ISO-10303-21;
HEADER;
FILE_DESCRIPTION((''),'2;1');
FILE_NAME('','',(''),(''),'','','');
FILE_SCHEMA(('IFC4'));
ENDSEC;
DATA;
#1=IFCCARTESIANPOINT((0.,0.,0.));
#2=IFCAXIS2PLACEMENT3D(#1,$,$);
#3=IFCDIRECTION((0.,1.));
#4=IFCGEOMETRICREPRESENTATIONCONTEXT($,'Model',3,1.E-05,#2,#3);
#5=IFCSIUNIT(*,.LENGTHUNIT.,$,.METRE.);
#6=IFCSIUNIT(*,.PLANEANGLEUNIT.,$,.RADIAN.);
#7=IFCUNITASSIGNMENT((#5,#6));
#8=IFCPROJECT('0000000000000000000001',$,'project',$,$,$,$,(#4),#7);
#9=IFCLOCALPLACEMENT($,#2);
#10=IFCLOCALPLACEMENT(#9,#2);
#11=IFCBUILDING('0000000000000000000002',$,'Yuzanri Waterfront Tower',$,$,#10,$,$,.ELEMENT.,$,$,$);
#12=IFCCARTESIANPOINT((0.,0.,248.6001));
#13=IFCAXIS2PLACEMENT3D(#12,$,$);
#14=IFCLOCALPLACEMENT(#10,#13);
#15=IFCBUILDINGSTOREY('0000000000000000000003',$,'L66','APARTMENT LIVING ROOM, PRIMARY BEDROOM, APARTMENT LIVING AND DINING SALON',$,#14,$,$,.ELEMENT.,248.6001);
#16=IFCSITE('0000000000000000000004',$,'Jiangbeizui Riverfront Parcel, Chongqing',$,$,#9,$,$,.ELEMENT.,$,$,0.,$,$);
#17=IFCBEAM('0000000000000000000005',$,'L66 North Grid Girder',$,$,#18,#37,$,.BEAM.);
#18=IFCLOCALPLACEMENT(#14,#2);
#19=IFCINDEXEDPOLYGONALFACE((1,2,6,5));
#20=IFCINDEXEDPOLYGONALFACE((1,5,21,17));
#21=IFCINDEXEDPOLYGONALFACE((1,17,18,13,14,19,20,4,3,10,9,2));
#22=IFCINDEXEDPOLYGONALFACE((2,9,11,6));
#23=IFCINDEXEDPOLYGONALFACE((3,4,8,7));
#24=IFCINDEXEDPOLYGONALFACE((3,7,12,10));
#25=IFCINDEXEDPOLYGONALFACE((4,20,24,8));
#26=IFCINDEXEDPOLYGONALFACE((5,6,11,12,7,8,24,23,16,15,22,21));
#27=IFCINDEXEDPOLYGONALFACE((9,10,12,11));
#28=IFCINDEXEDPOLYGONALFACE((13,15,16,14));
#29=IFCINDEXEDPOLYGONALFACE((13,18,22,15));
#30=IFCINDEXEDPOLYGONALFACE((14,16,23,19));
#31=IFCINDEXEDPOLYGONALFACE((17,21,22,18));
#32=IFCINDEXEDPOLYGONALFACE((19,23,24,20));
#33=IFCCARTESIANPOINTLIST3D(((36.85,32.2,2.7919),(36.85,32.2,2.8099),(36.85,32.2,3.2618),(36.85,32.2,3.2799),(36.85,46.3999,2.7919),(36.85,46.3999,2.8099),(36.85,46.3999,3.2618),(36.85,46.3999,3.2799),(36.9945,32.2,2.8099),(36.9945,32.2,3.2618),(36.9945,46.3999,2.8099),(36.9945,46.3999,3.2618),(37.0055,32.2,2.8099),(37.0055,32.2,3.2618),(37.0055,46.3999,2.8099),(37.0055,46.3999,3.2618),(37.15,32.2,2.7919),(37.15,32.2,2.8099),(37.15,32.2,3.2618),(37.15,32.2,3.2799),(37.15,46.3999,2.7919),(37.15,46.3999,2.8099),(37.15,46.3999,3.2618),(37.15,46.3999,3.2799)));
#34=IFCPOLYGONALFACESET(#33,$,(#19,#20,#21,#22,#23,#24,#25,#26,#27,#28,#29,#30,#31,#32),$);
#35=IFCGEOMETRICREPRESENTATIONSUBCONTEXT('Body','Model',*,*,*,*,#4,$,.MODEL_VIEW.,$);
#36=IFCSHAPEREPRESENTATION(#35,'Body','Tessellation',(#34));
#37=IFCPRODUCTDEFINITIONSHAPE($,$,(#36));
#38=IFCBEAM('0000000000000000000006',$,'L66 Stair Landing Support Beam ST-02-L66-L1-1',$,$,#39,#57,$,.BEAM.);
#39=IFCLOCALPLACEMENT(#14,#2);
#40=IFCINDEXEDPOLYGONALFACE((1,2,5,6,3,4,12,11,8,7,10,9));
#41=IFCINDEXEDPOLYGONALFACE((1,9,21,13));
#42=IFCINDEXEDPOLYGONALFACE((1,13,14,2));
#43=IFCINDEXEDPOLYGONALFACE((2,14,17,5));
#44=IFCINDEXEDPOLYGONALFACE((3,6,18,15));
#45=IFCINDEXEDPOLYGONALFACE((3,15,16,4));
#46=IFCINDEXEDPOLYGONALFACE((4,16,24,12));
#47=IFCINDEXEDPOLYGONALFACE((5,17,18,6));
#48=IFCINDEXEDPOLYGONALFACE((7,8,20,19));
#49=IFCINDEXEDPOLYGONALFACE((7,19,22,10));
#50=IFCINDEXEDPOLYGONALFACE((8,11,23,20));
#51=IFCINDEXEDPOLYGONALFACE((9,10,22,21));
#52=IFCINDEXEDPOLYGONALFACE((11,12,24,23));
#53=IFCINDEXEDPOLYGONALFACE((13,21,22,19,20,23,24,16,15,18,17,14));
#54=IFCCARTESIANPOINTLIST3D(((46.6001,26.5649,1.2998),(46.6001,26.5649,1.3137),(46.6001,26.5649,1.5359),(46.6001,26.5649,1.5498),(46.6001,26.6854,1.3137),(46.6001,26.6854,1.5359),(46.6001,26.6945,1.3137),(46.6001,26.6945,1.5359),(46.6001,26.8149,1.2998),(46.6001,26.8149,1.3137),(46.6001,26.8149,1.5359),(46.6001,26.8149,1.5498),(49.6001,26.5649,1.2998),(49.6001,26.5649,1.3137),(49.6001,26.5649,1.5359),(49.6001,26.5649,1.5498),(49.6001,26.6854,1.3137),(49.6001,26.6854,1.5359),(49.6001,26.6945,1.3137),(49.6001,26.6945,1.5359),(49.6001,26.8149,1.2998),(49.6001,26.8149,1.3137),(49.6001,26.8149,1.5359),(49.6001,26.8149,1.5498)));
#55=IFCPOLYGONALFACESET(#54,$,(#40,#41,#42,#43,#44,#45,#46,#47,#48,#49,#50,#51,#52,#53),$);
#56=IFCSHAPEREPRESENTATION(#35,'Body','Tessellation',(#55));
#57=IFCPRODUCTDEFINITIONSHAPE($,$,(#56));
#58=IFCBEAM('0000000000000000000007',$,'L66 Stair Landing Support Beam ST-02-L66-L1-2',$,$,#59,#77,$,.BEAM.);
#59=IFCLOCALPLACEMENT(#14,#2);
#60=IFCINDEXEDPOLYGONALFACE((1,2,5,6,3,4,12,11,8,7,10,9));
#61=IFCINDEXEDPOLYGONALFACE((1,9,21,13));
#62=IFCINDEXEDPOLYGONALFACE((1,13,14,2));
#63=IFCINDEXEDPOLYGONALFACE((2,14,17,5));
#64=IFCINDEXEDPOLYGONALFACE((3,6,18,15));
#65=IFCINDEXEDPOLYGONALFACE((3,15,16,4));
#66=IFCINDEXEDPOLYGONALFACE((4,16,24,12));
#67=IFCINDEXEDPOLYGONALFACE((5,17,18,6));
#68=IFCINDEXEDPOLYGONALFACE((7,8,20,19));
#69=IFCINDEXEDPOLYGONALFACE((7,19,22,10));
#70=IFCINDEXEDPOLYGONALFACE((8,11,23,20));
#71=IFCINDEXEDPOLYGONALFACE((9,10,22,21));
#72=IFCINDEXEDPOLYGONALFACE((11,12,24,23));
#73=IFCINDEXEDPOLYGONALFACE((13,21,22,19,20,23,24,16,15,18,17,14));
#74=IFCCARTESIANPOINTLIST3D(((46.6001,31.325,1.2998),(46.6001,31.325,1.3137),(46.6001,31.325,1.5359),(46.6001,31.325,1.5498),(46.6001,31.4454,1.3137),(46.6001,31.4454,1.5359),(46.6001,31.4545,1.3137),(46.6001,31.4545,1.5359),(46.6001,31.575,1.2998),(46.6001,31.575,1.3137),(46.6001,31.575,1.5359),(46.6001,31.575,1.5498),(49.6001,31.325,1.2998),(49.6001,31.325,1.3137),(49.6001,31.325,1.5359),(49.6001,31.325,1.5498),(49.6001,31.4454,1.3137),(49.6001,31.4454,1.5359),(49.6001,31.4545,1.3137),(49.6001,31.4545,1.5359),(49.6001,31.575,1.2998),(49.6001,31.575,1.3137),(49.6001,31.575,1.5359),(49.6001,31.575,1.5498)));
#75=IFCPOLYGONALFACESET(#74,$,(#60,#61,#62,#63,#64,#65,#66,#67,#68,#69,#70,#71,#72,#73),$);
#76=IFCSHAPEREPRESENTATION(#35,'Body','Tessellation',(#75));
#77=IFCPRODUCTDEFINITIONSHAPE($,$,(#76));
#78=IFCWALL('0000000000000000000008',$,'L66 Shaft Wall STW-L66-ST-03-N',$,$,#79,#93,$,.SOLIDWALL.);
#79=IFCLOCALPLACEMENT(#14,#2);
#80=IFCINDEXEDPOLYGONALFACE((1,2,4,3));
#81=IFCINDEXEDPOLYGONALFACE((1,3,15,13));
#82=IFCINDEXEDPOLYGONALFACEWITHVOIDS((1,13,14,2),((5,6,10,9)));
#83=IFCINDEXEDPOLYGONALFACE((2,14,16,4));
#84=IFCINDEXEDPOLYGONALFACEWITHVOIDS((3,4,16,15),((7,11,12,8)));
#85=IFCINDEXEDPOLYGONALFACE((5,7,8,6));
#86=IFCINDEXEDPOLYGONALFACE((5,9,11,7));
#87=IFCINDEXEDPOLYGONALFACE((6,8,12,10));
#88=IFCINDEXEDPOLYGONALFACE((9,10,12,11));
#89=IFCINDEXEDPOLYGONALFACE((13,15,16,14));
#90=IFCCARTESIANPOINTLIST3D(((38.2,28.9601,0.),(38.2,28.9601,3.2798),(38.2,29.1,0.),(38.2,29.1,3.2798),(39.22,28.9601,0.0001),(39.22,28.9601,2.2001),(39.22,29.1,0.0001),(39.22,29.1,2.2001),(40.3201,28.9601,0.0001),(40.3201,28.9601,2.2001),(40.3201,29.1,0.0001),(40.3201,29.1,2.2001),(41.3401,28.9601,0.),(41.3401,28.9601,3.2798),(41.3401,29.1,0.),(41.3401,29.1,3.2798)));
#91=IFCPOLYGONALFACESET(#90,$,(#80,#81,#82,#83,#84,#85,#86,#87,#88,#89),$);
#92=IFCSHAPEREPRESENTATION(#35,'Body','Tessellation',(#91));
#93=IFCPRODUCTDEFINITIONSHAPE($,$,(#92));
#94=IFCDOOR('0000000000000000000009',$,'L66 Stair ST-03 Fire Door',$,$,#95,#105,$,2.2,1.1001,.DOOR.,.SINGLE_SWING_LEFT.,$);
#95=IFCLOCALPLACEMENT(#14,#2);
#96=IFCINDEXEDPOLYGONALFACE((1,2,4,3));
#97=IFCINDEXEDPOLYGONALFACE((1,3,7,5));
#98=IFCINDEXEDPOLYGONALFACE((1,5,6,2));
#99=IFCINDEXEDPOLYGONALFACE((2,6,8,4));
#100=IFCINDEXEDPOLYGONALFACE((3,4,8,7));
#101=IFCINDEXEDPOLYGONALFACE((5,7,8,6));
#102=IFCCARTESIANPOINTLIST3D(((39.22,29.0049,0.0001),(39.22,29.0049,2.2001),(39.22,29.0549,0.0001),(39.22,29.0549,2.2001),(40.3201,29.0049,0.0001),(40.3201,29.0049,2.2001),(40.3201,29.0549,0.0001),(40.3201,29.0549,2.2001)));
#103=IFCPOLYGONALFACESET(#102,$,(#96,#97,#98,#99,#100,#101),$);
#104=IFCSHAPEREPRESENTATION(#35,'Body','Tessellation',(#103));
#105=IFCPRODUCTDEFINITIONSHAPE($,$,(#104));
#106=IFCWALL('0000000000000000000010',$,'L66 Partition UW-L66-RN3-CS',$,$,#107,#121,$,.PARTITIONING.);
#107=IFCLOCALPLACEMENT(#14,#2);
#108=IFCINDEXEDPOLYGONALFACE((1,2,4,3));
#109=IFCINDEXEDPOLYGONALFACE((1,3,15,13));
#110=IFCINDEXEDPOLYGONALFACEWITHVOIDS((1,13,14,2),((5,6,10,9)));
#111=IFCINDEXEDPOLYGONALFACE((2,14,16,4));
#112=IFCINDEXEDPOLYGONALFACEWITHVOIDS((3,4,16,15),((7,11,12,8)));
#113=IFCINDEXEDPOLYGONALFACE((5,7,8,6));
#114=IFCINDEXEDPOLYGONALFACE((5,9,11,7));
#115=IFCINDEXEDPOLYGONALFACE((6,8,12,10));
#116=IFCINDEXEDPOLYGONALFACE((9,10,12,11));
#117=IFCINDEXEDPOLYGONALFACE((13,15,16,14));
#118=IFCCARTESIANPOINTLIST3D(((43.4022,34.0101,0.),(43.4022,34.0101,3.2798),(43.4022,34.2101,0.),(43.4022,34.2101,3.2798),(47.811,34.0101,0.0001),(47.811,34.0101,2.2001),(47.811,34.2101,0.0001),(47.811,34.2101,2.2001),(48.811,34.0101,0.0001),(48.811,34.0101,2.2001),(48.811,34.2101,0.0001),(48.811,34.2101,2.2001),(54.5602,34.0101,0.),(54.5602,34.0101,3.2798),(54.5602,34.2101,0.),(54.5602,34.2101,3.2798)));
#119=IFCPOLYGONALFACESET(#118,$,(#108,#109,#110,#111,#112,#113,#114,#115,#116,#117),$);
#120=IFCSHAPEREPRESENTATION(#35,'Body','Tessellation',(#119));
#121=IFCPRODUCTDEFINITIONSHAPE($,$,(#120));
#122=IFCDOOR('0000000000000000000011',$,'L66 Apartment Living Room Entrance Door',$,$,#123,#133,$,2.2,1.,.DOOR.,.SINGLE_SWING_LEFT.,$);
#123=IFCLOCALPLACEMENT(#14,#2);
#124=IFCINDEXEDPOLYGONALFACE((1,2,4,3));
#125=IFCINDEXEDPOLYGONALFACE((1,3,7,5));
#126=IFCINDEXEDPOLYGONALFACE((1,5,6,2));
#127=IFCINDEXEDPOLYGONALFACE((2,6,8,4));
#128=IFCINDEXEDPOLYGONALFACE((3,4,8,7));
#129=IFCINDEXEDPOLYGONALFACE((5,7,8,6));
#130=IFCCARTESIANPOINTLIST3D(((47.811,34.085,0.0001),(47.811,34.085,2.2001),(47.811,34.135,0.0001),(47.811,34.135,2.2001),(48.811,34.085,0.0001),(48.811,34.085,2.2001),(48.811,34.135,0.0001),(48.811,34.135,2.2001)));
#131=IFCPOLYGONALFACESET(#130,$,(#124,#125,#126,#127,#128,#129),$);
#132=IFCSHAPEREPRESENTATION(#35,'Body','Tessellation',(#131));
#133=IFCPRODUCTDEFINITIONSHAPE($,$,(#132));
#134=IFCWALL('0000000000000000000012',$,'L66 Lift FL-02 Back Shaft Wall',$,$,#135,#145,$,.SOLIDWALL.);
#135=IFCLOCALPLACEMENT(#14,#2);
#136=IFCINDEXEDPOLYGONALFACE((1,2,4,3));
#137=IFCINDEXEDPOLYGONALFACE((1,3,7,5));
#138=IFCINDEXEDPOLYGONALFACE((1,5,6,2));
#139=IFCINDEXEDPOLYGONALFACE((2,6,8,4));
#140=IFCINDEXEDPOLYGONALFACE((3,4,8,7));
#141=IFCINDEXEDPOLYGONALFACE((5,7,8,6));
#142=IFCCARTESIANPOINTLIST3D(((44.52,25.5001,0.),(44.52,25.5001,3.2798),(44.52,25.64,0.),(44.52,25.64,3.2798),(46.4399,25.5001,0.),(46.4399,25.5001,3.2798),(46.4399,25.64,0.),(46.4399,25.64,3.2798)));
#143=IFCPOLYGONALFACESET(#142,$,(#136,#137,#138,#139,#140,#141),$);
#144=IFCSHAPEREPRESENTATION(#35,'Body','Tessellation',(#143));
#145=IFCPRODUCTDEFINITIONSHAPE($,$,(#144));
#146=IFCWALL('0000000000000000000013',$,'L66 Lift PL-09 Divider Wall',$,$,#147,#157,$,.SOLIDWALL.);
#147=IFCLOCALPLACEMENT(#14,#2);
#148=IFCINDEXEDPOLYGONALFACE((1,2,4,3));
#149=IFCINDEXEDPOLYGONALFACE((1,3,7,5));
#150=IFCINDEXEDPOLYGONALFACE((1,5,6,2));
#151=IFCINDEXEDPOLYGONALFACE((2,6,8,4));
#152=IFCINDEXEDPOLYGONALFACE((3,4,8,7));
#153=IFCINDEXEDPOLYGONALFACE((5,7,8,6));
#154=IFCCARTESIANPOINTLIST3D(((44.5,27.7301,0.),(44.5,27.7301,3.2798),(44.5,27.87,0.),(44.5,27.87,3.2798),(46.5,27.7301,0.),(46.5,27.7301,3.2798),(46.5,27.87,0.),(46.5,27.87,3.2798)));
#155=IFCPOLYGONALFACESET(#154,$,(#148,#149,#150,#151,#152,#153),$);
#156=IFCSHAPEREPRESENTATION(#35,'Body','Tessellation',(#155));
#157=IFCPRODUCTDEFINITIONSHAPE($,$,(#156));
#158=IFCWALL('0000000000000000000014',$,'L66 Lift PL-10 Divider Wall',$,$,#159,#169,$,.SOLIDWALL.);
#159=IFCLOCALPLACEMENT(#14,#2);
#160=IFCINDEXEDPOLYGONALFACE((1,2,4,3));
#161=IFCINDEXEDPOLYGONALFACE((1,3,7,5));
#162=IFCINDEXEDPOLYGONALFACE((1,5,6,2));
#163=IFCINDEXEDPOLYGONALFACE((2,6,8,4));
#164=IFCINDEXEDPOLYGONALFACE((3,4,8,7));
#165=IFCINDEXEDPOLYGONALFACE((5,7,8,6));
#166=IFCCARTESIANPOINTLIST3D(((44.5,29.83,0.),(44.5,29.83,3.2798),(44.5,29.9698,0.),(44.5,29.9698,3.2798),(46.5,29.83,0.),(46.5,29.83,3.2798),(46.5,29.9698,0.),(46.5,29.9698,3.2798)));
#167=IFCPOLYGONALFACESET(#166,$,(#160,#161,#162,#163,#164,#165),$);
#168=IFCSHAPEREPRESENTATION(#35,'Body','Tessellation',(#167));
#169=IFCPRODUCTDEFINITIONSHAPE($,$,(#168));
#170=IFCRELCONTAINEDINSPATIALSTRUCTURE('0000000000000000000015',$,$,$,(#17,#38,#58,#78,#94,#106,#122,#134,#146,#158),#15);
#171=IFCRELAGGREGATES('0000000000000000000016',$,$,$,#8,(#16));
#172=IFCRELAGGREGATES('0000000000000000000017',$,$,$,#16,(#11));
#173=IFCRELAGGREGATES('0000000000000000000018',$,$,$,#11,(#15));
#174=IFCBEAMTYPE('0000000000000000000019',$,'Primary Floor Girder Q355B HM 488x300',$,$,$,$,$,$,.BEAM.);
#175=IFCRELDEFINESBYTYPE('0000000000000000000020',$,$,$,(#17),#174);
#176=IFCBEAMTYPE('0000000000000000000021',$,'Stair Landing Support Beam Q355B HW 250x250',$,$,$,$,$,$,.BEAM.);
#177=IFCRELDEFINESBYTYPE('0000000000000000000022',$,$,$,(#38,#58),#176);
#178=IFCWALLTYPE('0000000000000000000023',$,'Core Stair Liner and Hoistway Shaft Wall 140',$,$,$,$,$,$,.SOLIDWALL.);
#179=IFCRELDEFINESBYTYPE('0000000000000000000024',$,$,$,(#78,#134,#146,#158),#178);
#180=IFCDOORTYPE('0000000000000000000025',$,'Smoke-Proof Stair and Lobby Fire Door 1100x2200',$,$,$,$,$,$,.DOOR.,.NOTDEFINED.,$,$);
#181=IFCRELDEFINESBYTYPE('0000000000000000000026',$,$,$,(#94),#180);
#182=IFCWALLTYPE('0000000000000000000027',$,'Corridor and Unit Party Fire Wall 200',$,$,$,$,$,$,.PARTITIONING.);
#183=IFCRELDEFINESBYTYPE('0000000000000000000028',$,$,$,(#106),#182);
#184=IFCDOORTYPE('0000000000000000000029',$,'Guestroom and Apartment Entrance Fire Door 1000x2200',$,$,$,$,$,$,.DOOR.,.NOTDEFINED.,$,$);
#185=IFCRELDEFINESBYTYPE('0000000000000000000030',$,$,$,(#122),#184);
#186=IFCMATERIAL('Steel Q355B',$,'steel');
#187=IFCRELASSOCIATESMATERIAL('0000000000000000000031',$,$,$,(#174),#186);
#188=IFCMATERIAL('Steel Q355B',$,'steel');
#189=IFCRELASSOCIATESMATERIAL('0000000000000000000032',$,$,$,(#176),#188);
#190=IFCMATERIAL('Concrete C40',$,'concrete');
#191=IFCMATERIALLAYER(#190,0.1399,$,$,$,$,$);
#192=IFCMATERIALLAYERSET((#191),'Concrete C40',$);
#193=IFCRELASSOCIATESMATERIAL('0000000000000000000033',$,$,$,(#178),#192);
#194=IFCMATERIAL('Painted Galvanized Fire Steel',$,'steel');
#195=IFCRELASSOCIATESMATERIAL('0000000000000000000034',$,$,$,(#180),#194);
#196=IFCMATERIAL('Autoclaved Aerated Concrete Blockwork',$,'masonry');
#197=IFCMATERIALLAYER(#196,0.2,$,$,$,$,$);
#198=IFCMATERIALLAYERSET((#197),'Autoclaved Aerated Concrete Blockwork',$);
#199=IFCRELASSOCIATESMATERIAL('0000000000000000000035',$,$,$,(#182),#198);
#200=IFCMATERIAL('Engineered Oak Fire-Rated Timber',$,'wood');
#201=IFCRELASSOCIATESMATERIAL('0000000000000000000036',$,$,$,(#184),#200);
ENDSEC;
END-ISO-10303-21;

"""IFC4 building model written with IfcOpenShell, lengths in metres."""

from ifc_helpers import new_model, si_unit, direction, frame, frame_2d, origin, origin_2d, place, context, subcontext, project, spatial, rectangle, i_section, extrude, source, transform, mapped, material, layer, layer_set, material_profile, profile_set, type_object, element, fill, save


model = new_model("IFC4")

# Units and contexts
model_context = context("Model", 3, precision=1e-05, world=origin(), true_north=direction((0.0, 1.0)))
body_context = subcontext(model_context, "Body", "Model", "MODEL_VIEW")
ifc_project = project(units=[si_unit("LENGTHUNIT", "METRE"), si_unit("PLANEANGLEUNIT", "RADIAN")], contexts=[model_context])

# Site, building, storey
site_placement = place(None, origin())
site = spatial("IfcSite", under=ifc_project, at=site_placement, Name="Jiangbeizui Riverfront Parcel, Chongqing", CompositionType="ELEMENT", RefElevation=0.0)
building_placement = place(site_placement, origin())
building = spatial("IfcBuilding", under=site, at=building_placement, Name="Yuzanri Waterfront Tower", CompositionType="ELEMENT")
storey_placement = place(building_placement, frame((0.0, 0.0, 248.6001)))
storey = spatial("IfcBuildingStorey", under=building, at=storey_placement, Name="L66", Description="APARTMENT LIVING ROOM, PRIMARY BEDROOM, APARTMENT LIVING AND DINING SALON", CompositionType="ELEMENT", Elevation=248.6001)

# Beams
ifc_material_1 = material(Name="Steel Q355B", Category="steel")
ifc_material_profile_1 = material_profile(ifc_material_1, i_section(OverallWidth=0.3, OverallDepth=0.488, WebThickness=0.011, FlangeThickness=0.0181, at=origin_2d()), Name="HM 488x300x11x18")
ifc_profile_set_1 = profile_set([ifc_material_profile_1], Name="Steel Q355B")
beam_type_1 = type_object("IfcBeamType", Name="Primary Floor Girder Q355B HM 488x300", PredefinedType="BEAM", material=ifc_profile_set_1)
shared_shape_1 = source(origin(), body_context, "Body", "SweptSolid", [
    extrude(i_section(OverallWidth=0.3, OverallDepth=0.488, WebThickness=0.011, FlangeThickness=0.0181, at=origin_2d()), origin(), (0.0, 0.0, 1.0), 14.2),
])
beam_placement = place(storey_placement, frame((37.0, 32.2, 3.0359), z_axis=(0.0, 1.0, 0.0), x_axis=(-1.0, 0.0, 0.0)))
element("IfcBeam", 1, at=beam_placement, inside=storey, type_object=beam_type_1, Name="L66 North Grid Girder", PredefinedType="BEAM", context=body_context, shape_type="MappedRepresentation", body=[
    mapped(shared_shape_1, transform((0.0, 0.0, 0.0), scale=1.0)),
])
ifc_material_2 = material(Name="Steel Q355B", Category="steel")
ifc_material_profile_2 = material_profile(ifc_material_2, i_section(OverallWidth=0.25, OverallDepth=0.25, WebThickness=0.009, FlangeThickness=0.0139, at=origin_2d()), Name="HW 250x250x9x14")
ifc_profile_set_2 = profile_set([ifc_material_profile_2], Name="Steel Q355B")
beam_type_2 = type_object("IfcBeamType", Name="Stair Landing Support Beam Q355B HW 250x250", PredefinedType="BEAM", material=ifc_profile_set_2)
shared_shape_2 = source(origin(), body_context, "Body", "SweptSolid", [
    extrude(i_section(OverallWidth=0.25, OverallDepth=0.25, WebThickness=0.009, FlangeThickness=0.0139, at=origin_2d()), origin(), (0.0, 0.0, 1.0), 3.0),
])
for number, where, z_axis, x_axis, name in (
    (2, (46.6001, 26.6899, 1.4248), (1.0, 0.0, 0.0), (0.0, 1.0, 0.0), "L66 Stair Landing Support Beam ST-02-L66-L1-1"),
    (3, (46.6001, 31.45, 1.4248), (1.0, 0.0, 0.0), (0.0, 1.0, 0.0), "L66 Stair Landing Support Beam ST-02-L66-L1-2"),
):
    element("IfcBeam", number, at=place(storey_placement, frame(where, z_axis=z_axis, x_axis=x_axis)), inside=storey, type_object=beam_type_2, Name=name, PredefinedType="BEAM", context=body_context, shape_type="MappedRepresentation", body=[
        mapped(shared_shape_2, transform((0.0, 0.0, 0.0), scale=1.0)),
    ])

# Walls, openings, doors
ifc_material_3 = material(Name="Concrete C40", Category="concrete")
ifc_layer_1 = layer(ifc_material_3, 0.1399)
ifc_layer_set_1 = layer_set([ifc_layer_1], Name="Concrete C40")
wall_type_1 = type_object("IfcWallType", Name="Core Stair Liner and Hoistway Shaft Wall 140", PredefinedType="SOLIDWALL", material=ifc_layer_set_1)
wall_1_placement = place(storey_placement, frame((38.2, 29.03, 0.0), z_axis=(0.0, 0.0, 1.0), x_axis=(1.0, 0.0, 0.0)))
wall_1 = element("IfcWall", 4, at=wall_1_placement, inside=storey, type_object=wall_type_1, Name="L66 Shaft Wall STW-L66-ST-03-N", PredefinedType="SOLIDWALL", context=body_context, shape_type="SweptSolid", body=[
    extrude(rectangle(XDim=3.1401, YDim=0.1399, at=frame_2d((1.5701, 0.0))), origin(), (0.0, 0.0, 1.0), 3.2798),
])
opening_1_placement = place(wall_1_placement, frame((1.02, 0.0, 0.0)))
opening_1 = element("IfcOpeningElement", 5, at=opening_1_placement, cuts=wall_1, PredefinedType="OPENING", context=body_context, shape_type="SweptSolid", body=[
    extrude(rectangle(XDim=1.1001, YDim=2.2, at=frame_2d((0.55, 1.1001))), frame((0.0, 0.085, 0.0), z_axis=(0.0, -1.0, 0.0), x_axis=(1.0, 0.0, 0.0)), (0.0, 0.0, 1.0), 0.1697),
])
ifc_material_4 = material(Name="Painted Galvanized Fire Steel", Category="steel")
door_type_1 = type_object("IfcDoorType", Name="Smoke-Proof Stair and Lobby Fire Door 1100x2200", OperationType="NOTDEFINED", PredefinedType="DOOR", material=ifc_material_4)
shared_shape_3 = source(origin(), body_context, "Body", "SweptSolid", [
    extrude(rectangle(XDim=1.1001, YDim=2.2, at=frame_2d((0.55, 1.1001))), frame((0.0, 0.0249, 0.0), z_axis=(0.0, -1.0, 0.0), x_axis=(1.0, 0.0, 0.0)), (0.0, 0.0, 1.0), 0.05),
])
door_1_placement = place(opening_1_placement, origin())
door_1 = element("IfcDoor", 6, at=door_1_placement, inside=storey, type_object=door_type_1, Name="L66 Stair ST-03 Fire Door", OperationType="SINGLE_SWING_LEFT", OverallHeight=2.2, OverallWidth=1.1001, PredefinedType="DOOR", context=body_context, shape_type="MappedRepresentation", body=[
    mapped(shared_shape_3, transform((0.0, 0.0, 0.0), scale=1.0)),
])
fill(opening_1, door_1)
ifc_material_5 = material(Name="Autoclaved Aerated Concrete Blockwork", Category="masonry")
ifc_layer_2 = layer(ifc_material_5, 0.2)
ifc_layer_set_2 = layer_set([ifc_layer_2], Name="Autoclaved Aerated Concrete Blockwork")
wall_type_2 = type_object("IfcWallType", Name="Corridor and Unit Party Fire Wall 200", PredefinedType="PARTITIONING", material=ifc_layer_set_2)
wall_2_placement = place(storey_placement, frame((43.4021, 34.1101, 0.0), z_axis=(0.0, 0.0, 1.0), x_axis=(1.0, 0.0, 0.0)))
wall_2 = element("IfcWall", 7, at=wall_2_placement, inside=storey, type_object=wall_type_2, Name="L66 Partition UW-L66-RN3-CS", PredefinedType="PARTITIONING", context=body_context, shape_type="SweptSolid", body=[
    extrude(rectangle(XDim=11.158, YDim=0.2, at=frame_2d((5.5791, 0.0))), origin(), (0.0, 0.0, 1.0), 3.2798),
])
opening_2_placement = place(wall_2_placement, frame((4.4089, 0.0, 0.0)))
opening_2 = element("IfcOpeningElement", 8, at=opening_2_placement, cuts=wall_2, PredefinedType="OPENING", context=body_context, shape_type="SweptSolid", body=[
    extrude(rectangle(XDim=1.0, YDim=2.2, at=frame_2d((0.5, 1.1001))), frame((0.0, 0.1147, 0.0), z_axis=(0.0, -1.0, 0.0), x_axis=(1.0, 0.0, 0.0)), (0.0, 0.0, 1.0), 0.2297),
])
ifc_material_6 = material(Name="Engineered Oak Fire-Rated Timber", Category="wood")
door_type_2 = type_object("IfcDoorType", Name="Guestroom and Apartment Entrance Fire Door 1000x2200", OperationType="NOTDEFINED", PredefinedType="DOOR", material=ifc_material_6)
shared_shape_4 = source(origin(), body_context, "Body", "SweptSolid", [
    extrude(rectangle(XDim=1.0, YDim=2.2, at=frame_2d((0.5, 1.1001))), frame((0.0, 0.0249, 0.0), z_axis=(0.0, -1.0, 0.0), x_axis=(1.0, 0.0, 0.0)), (0.0, 0.0, 1.0), 0.05),
])
door_2_placement = place(opening_2_placement, origin())
door_2 = element("IfcDoor", 9, at=door_2_placement, inside=storey, type_object=door_type_2, Name="L66 Apartment Living Room Entrance Door", OperationType="SINGLE_SWING_LEFT", OverallHeight=2.2, OverallWidth=1.0, PredefinedType="DOOR", context=body_context, shape_type="MappedRepresentation", body=[
    mapped(shared_shape_4, transform((0.0, 0.0, 0.0), scale=1.0)),
])
fill(opening_2, door_2)

# Walls
shared_shape_5 = source(origin(), body_context, "Body", "SweptSolid", [
    extrude(rectangle(XDim=1.9199, YDim=0.1399, at=frame_2d((0.96, 0.0))), origin(), (0.0, 0.0, 1.0), 3.2798),
])
wall_3_placement = place(storey_placement, frame((44.52, 25.5701, 0.0), z_axis=(0.0, 0.0, 1.0), x_axis=(1.0, 0.0, 0.0)))
element("IfcWall", 10, at=wall_3_placement, inside=storey, type_object=wall_type_1, Name="L66 Lift FL-02 Back Shaft Wall", PredefinedType="SOLIDWALL", context=body_context, shape_type="MappedRepresentation", body=[
    mapped(shared_shape_5, transform((0.0, 0.0, 0.0), scale=1.0)),
])
shared_shape_6 = source(origin(), body_context, "Body", "SweptSolid", [
    extrude(rectangle(XDim=2.0, YDim=0.1399, at=frame_2d((1.0, 0.0))), origin(), (0.0, 0.0, 1.0), 3.2798),
])
for number, where, z_axis, x_axis, name in (
    (11, (44.5, 27.8, 0.0), (0.0, 0.0, 1.0), (1.0, 0.0, 0.0), "L66 Lift PL-09 Divider Wall"),
    (12, (44.5, 29.8999, 0.0), (0.0, 0.0, 1.0), (1.0, 0.0, 0.0), "L66 Lift PL-10 Divider Wall"),
):
    element("IfcWall", number, at=place(storey_placement, frame(where, z_axis=z_axis, x_axis=x_axis)), inside=storey, type_object=wall_type_1, Name=name, PredefinedType="SOLIDWALL", context=body_context, shape_type="MappedRepresentation", body=[
        mapped(shared_shape_6, transform((0.0, 0.0, 0.0), scale=1.0)),
    ])

save(model, "model.ifc")
